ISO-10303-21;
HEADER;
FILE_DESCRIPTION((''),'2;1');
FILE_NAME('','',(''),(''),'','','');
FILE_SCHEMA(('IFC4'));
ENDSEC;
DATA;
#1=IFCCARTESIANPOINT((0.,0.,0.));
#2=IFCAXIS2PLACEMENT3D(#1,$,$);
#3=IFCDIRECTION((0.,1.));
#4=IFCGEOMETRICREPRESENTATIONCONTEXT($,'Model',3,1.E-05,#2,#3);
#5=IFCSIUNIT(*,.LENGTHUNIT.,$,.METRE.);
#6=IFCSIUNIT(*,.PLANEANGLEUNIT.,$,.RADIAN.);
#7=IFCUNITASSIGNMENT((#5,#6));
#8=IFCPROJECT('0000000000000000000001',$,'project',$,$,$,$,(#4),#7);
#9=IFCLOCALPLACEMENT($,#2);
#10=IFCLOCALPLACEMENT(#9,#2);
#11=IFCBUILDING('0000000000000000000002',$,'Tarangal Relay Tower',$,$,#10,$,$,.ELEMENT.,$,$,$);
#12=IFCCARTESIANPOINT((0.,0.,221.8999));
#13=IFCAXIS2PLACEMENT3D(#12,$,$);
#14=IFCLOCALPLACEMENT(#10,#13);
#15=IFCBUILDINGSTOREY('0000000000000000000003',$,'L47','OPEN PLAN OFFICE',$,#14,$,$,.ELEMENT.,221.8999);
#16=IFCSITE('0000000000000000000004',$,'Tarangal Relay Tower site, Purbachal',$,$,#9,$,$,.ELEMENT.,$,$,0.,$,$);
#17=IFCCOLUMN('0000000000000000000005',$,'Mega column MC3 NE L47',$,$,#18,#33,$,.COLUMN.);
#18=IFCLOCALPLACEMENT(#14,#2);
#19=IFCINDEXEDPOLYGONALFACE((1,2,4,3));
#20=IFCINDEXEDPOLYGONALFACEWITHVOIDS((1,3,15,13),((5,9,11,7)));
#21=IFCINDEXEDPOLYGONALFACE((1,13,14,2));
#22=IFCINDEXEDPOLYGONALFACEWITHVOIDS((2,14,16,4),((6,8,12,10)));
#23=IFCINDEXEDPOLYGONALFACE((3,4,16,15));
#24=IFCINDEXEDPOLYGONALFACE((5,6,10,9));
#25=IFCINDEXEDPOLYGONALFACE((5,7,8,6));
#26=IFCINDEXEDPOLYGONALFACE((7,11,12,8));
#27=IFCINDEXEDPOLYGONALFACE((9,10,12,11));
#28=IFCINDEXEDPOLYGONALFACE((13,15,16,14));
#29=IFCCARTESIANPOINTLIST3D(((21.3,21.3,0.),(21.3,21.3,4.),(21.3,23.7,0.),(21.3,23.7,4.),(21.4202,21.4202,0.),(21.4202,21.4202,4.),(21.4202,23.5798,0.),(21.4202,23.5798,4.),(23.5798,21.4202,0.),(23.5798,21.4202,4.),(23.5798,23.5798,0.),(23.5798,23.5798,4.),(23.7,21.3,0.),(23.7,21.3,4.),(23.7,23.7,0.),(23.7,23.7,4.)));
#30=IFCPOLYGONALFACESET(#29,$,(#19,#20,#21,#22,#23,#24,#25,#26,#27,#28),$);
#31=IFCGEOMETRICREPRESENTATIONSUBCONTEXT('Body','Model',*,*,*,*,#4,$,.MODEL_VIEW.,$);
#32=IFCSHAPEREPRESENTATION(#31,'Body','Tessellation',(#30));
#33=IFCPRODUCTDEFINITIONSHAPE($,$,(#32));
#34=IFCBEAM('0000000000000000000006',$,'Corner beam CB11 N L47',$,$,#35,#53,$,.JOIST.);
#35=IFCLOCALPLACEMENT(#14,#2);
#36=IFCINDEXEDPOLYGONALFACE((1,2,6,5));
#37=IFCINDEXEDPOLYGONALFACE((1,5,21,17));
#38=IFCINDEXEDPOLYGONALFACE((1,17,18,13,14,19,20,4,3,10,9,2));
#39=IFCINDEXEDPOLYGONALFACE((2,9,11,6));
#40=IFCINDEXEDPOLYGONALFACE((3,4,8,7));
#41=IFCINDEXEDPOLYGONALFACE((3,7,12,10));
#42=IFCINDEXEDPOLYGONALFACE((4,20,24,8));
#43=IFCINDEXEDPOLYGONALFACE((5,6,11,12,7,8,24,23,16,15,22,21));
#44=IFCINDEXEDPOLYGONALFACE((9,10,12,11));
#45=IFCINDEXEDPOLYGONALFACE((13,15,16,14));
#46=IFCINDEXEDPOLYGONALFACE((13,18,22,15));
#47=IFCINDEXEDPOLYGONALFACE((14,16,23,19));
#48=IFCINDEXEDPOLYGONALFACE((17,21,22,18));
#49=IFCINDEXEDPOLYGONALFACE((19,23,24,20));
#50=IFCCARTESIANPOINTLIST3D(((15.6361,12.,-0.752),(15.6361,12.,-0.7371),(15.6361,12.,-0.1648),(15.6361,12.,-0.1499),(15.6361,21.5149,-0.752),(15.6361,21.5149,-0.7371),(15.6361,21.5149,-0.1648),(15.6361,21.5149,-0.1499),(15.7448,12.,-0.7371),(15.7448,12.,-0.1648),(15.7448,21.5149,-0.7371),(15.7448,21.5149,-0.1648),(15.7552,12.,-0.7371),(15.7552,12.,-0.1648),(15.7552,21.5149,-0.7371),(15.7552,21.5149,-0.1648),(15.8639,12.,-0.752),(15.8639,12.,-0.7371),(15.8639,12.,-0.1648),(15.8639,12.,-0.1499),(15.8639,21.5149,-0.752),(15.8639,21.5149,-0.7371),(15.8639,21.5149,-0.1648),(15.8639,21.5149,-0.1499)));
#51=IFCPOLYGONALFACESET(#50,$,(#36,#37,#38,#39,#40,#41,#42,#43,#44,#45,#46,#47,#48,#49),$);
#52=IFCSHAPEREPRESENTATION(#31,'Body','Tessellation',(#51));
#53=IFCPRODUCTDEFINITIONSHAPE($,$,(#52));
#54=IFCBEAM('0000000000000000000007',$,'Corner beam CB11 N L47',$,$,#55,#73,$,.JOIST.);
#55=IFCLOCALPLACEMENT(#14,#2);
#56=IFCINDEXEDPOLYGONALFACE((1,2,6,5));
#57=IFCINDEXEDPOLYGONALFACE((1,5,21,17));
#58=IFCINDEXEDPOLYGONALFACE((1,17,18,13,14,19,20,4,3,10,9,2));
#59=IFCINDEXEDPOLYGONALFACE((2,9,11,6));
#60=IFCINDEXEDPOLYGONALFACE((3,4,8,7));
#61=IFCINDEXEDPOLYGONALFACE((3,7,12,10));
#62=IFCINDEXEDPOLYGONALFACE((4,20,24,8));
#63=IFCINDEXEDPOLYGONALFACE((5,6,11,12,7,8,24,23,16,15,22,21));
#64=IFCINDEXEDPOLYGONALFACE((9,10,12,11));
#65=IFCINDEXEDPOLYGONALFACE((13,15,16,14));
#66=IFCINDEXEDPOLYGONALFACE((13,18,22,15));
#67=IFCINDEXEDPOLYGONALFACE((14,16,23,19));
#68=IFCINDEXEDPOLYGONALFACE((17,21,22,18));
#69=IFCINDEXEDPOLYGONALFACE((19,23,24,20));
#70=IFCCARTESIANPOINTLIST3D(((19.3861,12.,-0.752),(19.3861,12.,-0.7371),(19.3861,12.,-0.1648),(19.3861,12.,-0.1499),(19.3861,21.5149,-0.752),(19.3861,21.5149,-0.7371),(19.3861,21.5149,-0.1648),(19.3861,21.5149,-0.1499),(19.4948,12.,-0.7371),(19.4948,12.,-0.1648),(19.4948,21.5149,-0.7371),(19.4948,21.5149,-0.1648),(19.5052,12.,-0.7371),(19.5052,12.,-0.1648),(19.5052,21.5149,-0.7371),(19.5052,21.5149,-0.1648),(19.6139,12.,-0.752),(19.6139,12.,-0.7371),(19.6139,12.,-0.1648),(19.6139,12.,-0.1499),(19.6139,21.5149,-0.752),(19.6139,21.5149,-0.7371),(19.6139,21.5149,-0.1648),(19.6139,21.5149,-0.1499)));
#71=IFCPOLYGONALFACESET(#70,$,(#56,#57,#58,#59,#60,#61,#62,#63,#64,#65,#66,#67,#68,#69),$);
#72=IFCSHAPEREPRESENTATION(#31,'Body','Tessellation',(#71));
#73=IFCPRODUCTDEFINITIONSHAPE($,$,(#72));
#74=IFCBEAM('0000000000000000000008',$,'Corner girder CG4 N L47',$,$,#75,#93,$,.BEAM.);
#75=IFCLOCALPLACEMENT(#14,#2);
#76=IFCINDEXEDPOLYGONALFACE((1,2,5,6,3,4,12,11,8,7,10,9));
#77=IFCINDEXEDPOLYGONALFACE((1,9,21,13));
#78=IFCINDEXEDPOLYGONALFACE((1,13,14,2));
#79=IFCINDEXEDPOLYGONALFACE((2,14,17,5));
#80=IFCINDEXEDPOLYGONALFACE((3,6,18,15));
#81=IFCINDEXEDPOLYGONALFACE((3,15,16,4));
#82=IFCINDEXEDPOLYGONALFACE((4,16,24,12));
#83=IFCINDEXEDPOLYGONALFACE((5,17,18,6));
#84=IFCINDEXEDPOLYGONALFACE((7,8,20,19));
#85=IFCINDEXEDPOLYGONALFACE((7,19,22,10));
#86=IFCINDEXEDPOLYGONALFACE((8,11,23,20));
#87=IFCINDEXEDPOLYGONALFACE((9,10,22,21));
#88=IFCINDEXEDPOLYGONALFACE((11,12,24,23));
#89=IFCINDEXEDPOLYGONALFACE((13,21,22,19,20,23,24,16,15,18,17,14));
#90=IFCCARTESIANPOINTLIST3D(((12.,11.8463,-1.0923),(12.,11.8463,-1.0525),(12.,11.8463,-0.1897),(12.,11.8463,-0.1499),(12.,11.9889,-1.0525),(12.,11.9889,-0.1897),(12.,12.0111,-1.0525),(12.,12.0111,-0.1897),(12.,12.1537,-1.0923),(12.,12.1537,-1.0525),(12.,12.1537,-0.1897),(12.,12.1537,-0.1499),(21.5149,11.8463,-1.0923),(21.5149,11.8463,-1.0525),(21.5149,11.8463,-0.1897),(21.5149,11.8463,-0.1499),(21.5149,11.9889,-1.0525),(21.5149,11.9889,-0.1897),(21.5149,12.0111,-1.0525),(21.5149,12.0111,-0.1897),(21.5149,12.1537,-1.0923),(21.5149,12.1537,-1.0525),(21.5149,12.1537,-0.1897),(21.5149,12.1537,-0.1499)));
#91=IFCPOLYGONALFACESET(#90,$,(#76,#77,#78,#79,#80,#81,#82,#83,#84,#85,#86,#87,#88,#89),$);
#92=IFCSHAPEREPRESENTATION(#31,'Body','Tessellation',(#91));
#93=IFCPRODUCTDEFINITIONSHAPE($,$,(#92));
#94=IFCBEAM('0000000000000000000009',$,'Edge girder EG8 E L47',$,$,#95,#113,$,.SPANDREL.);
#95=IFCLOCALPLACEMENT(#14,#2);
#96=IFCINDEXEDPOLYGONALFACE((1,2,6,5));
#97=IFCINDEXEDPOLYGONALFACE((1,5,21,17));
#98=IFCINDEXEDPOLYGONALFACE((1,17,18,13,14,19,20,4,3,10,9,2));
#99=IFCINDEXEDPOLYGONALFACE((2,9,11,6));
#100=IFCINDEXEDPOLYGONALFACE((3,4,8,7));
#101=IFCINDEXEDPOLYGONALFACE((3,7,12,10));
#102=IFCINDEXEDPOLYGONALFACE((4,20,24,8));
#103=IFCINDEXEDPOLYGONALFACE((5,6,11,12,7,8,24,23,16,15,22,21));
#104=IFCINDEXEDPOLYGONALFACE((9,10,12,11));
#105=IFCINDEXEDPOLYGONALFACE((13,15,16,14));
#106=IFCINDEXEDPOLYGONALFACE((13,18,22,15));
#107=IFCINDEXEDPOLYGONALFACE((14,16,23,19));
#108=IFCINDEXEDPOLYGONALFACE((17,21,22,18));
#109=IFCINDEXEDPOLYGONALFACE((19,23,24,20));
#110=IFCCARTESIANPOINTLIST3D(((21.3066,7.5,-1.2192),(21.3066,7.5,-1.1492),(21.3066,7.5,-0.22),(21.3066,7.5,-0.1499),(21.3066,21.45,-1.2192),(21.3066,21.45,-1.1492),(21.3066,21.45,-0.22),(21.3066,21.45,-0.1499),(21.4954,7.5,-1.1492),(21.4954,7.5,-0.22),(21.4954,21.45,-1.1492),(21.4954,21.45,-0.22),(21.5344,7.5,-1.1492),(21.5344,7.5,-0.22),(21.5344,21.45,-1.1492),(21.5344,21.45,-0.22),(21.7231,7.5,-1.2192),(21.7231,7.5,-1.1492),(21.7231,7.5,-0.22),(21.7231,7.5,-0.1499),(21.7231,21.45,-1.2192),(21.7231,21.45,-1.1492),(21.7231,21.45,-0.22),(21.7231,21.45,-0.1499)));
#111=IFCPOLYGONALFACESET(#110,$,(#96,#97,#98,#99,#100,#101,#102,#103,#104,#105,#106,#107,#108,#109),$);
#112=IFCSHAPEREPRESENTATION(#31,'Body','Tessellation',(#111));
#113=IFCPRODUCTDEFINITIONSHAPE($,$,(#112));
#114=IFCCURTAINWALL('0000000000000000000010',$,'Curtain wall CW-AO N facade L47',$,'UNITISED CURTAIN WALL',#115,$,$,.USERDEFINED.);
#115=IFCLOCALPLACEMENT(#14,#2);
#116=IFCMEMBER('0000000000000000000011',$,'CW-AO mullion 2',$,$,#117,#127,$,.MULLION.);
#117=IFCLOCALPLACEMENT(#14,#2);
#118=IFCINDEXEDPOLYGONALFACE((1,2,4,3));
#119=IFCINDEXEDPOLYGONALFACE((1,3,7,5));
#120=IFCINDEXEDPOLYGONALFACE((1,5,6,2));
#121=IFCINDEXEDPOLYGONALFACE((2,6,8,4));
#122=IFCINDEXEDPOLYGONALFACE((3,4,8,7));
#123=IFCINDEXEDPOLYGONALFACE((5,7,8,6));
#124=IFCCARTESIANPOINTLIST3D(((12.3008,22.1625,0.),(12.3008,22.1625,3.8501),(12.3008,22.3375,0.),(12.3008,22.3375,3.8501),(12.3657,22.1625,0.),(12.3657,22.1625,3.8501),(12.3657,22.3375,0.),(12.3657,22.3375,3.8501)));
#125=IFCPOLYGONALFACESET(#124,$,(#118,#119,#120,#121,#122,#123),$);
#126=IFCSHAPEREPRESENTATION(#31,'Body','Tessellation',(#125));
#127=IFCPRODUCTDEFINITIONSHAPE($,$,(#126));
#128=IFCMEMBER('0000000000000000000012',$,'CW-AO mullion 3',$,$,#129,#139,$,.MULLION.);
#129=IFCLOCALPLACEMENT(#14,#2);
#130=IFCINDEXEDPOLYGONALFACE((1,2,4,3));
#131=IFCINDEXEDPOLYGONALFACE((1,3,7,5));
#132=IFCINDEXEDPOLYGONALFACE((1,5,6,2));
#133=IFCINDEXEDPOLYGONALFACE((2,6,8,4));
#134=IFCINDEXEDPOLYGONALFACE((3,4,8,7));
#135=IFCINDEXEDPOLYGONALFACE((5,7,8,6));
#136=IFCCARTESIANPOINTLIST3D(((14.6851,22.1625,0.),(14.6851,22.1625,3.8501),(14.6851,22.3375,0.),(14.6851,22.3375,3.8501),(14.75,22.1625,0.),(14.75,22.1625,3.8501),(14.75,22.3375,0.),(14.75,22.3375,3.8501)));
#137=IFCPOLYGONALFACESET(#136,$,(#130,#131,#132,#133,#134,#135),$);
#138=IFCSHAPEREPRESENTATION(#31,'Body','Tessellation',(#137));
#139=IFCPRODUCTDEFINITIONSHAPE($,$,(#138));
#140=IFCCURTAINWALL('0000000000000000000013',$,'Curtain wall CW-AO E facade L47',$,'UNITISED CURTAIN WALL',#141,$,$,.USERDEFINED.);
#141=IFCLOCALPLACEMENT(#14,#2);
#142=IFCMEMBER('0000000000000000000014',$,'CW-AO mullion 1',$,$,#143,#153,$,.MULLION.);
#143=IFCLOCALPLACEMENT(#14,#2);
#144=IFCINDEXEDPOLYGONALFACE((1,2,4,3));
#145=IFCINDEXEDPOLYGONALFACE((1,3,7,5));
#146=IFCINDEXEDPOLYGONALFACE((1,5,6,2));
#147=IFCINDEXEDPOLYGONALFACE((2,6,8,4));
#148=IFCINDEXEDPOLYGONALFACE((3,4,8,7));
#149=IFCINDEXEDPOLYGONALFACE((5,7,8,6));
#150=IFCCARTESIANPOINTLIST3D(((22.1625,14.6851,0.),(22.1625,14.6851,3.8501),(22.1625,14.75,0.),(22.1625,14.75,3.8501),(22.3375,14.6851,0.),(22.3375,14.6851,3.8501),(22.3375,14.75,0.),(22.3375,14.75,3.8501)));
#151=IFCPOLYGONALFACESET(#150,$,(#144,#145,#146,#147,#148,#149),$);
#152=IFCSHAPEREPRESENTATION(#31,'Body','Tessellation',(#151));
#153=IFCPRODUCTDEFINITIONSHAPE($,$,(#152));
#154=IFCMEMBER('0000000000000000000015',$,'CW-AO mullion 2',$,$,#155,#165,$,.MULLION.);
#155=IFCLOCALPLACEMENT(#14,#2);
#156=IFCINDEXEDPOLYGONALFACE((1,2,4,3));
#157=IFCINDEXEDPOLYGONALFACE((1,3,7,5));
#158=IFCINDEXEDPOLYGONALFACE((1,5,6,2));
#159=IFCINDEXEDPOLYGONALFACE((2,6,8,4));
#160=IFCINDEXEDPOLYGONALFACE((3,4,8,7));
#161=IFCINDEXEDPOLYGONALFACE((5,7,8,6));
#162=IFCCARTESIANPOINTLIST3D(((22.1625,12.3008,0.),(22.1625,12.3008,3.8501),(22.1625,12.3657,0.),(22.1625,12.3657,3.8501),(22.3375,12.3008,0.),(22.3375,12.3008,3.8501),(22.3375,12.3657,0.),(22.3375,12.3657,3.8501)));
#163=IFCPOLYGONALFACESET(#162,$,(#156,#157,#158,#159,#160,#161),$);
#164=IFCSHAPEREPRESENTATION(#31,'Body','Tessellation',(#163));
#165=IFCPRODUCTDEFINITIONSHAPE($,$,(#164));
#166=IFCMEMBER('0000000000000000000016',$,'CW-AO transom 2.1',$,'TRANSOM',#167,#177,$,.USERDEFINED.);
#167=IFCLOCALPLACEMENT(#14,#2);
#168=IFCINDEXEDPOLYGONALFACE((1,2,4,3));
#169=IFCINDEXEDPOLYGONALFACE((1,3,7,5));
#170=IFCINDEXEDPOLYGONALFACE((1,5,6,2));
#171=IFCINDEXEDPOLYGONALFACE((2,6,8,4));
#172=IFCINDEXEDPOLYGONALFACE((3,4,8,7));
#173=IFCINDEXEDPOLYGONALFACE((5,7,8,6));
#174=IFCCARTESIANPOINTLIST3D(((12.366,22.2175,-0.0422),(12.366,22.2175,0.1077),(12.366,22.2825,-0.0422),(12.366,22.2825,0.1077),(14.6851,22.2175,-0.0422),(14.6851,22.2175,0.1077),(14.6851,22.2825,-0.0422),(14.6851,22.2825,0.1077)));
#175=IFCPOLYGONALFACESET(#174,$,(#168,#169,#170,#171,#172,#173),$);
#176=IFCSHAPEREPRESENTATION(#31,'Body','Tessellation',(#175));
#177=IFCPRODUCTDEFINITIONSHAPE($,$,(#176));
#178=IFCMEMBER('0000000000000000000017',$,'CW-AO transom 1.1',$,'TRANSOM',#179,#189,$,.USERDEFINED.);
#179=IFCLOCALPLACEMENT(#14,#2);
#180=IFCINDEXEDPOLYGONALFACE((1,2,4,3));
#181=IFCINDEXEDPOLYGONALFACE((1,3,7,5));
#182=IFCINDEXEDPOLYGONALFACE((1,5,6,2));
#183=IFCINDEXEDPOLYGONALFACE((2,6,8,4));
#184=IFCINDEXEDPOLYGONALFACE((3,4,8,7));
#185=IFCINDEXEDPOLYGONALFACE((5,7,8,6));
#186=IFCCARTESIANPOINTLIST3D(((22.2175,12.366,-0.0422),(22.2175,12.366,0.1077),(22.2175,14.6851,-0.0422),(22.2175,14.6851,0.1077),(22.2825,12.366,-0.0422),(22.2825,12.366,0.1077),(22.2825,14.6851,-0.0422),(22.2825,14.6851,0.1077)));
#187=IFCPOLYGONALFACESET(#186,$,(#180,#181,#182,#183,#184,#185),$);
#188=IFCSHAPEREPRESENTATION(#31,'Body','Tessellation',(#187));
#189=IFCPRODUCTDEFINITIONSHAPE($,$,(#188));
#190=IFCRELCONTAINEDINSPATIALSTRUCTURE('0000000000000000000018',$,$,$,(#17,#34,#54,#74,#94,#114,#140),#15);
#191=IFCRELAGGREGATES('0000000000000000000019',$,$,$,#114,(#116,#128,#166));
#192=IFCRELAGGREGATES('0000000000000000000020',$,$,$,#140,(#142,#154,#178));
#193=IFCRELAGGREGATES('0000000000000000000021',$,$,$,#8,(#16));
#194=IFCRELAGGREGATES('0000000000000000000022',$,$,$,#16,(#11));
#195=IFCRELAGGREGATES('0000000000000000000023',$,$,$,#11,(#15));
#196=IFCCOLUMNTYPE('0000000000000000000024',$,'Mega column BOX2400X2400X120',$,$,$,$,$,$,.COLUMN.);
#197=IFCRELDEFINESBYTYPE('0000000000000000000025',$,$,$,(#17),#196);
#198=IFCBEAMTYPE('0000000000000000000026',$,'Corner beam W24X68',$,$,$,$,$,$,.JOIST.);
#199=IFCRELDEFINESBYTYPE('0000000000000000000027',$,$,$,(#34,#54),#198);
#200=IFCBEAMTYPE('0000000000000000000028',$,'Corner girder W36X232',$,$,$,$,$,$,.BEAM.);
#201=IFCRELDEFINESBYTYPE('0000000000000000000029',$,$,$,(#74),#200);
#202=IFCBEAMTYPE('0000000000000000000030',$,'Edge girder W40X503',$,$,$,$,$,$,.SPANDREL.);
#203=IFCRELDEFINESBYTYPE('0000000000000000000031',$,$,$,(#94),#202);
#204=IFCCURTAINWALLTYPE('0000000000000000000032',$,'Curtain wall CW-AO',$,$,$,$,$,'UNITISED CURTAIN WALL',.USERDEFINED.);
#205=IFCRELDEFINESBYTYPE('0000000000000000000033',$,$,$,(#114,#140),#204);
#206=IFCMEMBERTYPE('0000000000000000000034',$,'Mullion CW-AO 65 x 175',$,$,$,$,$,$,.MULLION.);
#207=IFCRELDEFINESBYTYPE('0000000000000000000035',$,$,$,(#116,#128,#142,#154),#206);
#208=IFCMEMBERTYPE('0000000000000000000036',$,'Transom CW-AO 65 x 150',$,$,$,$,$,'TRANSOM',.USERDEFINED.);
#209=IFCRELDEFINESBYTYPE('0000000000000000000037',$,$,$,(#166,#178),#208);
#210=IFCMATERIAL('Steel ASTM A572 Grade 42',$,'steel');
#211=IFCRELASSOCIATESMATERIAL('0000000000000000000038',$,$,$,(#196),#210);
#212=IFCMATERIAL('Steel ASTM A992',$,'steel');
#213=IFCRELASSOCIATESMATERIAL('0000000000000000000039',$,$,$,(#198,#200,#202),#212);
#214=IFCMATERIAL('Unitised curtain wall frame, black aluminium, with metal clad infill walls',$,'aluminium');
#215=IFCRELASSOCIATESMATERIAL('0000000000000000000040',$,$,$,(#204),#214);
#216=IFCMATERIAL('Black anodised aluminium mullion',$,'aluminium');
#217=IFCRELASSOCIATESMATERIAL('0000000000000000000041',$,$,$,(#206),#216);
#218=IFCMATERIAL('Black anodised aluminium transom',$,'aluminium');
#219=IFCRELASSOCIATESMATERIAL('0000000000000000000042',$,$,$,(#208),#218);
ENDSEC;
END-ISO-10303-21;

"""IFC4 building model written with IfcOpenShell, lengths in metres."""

from ifc_helpers import new_model, si_unit, direction, frame, origin, origin_2d, place, context, subcontext, project, spatial, rectangle, hollow_rectangle, i_section, extrude, material, material_profile, profile_set, type_object, element, aggregate, save


model = new_model("IFC4")

# Units and contexts
model_context = context("Model", 3, precision=1e-05, world=origin(), true_north=direction((0.0, 1.0)))
body_context = subcontext(model_context, "Body", "Model", "MODEL_VIEW")
ifc_project = project(units=[si_unit("LENGTHUNIT", "METRE"), si_unit("PLANEANGLEUNIT", "RADIAN")], contexts=[model_context])

# Site, building, storey
site_placement = place(None, origin())
site = spatial("IfcSite", under=ifc_project, at=site_placement, Name="Tarangal Relay Tower site, Purbachal", CompositionType="ELEMENT", RefElevation=0.0)
building_placement = place(site_placement, origin())
building = spatial("IfcBuilding", under=site, at=building_placement, Name="Tarangal Relay Tower", CompositionType="ELEMENT")
storey_placement = place(building_placement, frame((0.0, 0.0, 221.8999)))
storey = spatial("IfcBuildingStorey", under=building, at=storey_placement, Name="L47", Description="OPEN PLAN OFFICE", CompositionType="ELEMENT", Elevation=221.8999)

# Column
ifc_material_1 = material(Name="Steel ASTM A572 Grade 42", Category="steel")
ifc_material_profile_1 = material_profile(ifc_material_1, hollow_rectangle(XDim=2.3999, YDim=2.3999, WallThickness=0.1201, at=origin_2d()), Name="BOX2400X2400X120")
ifc_profile_set_1 = profile_set([ifc_material_profile_1], Name="Steel ASTM A572 Grade 42")
column_type = type_object("IfcColumnType", Name="Mega column BOX2400X2400X120", PredefinedType="COLUMN", material=ifc_profile_set_1)
column_placement = place(storey_placement, frame((22.5, 22.5, 0.0), z_axis=(0.0, 0.0, 1.0), x_axis=(1.0, 0.0, 0.0)))
element("IfcColumn", 1, at=column_placement, inside=storey, type_object=column_type, Name="Mega column MC3 NE L47", PredefinedType="COLUMN", context=body_context, shape_type="SweptSolid", body=[
    extrude(hollow_rectangle(XDim=2.3999, YDim=2.3999, WallThickness=0.1201, at=origin_2d()), origin(), (0.0, 0.0, 1.0), 4.0),
])

# Beams
ifc_material_2 = material(Name="Steel ASTM A992", Category="steel")
ifc_material_profile_2 = material_profile(ifc_material_2, i_section(OverallWidth=0.2278, OverallDepth=0.6021, WebThickness=0.0105, FlangeThickness=0.0149, at=origin_2d()), Name="W24X68")
ifc_profile_set_2 = profile_set([ifc_material_profile_2], Name="Steel ASTM A992")
beam_type_1 = type_object("IfcBeamType", Name="Corner beam W24X68", PredefinedType="JOIST", material=ifc_profile_set_2)
for number, where, z_axis, x_axis, name in (
    (2, (15.75, 12.0, -0.4509), (0.0, 1.0, 0.0), (-1.0, 0.0, 0.0), "Corner beam CB11 N L47"),
    (3, (19.5, 12.0, -0.4509), (0.0, 1.0, 0.0), (-1.0, 0.0, 0.0), "Corner beam CB11 N L47"),
):
    element("IfcBeam", number, at=place(storey_placement, frame(where, z_axis=z_axis, x_axis=x_axis)), inside=storey, type_object=beam_type_1, Name=name, PredefinedType="JOIST", context=body_context, shape_type="SweptSolid", body=[
        extrude(i_section(OverallWidth=0.2278, OverallDepth=0.6021, WebThickness=0.0105, FlangeThickness=0.0149, at=origin_2d()), origin(), (0.0, 0.0, 1.0), 9.5149),
    ])
ifc_material_profile_3 = material_profile(ifc_material_2, i_section(OverallWidth=0.3074, OverallDepth=0.9424, WebThickness=0.0222, FlangeThickness=0.0398, at=origin_2d()), Name="W36X232")
ifc_profile_set_3 = profile_set([ifc_material_profile_3], Name="Steel ASTM A992")
beam_type_2 = type_object("IfcBeamType", Name="Corner girder W36X232", PredefinedType="BEAM", material=ifc_profile_set_3)
beam_1_placement = place(storey_placement, frame((12.0, 12.0, -0.6211), z_axis=(1.0, 0.0, 0.0), x_axis=(0.0, 1.0, 0.0)))
element("IfcBeam", 4, at=beam_1_placement, inside=storey, type_object=beam_type_2, Name="Corner girder CG4 N L47", PredefinedType="BEAM", context=body_context, shape_type="SweptSolid", body=[
    extrude(i_section(OverallWidth=0.3074, OverallDepth=0.9424, WebThickness=0.0222, FlangeThickness=0.0398, at=origin_2d()), origin(), (0.0, 0.0, 1.0), 9.5149),
])
ifc_material_profile_4 = material_profile(ifc_material_2, i_section(OverallWidth=0.4165, OverallDepth=1.0693, WebThickness=0.0391, FlangeThickness=0.0701, at=origin_2d()), Name="W40X503")
ifc_profile_set_4 = profile_set([ifc_material_profile_4], Name="Steel ASTM A992")
beam_type_3 = type_object("IfcBeamType", Name="Edge girder W40X503", PredefinedType="SPANDREL", material=ifc_profile_set_4)
beam_2_placement = place(storey_placement, frame((21.5149, 21.45, -0.6846), z_axis=(0.0, -1.0, 0.0), x_axis=(1.0, 0.0, 0.0)))
element("IfcBeam", 5, at=beam_2_placement, inside=storey, type_object=beam_type_3, Name="Edge girder EG8 E L47", PredefinedType="SPANDREL", context=body_context, shape_type="SweptSolid", body=[
    extrude(i_section(OverallWidth=0.4165, OverallDepth=1.0693, WebThickness=0.0391, FlangeThickness=0.0701, at=origin_2d()), origin(), (0.0, 0.0, 1.0), 13.95),
])

# Curtain walls, members
ifc_material_3 = material(Name="Unitised curtain wall frame, black aluminium, with metal clad infill walls", Category="aluminium")
curtain_wall_type = type_object("IfcCurtainWallType", Name="Curtain wall CW-AO", ElementType="UNITISED CURTAIN WALL", PredefinedType="USERDEFINED", material=ifc_material_3)
curtain_wall_1_placement = place(storey_placement, origin())
curtain_wall_1 = element("IfcCurtainWall", 6, at=curtain_wall_1_placement, inside=storey, type_object=curtain_wall_type, Name="Curtain wall CW-AO N facade L47", ObjectType="UNITISED CURTAIN WALL", PredefinedType="USERDEFINED")
ifc_material_4 = material(Name="Black anodised aluminium mullion", Category="aluminium")
ifc_material_profile_5 = material_profile(ifc_material_4, rectangle(XDim=0.175, YDim=0.0649, at=origin_2d()), Name="CW-AOM 65X175")
ifc_profile_set_5 = profile_set([ifc_material_profile_5], Name="Black anodised aluminium mullion")
member_type_1 = type_object("IfcMemberType", Name="Mullion CW-AO 65 x 175", PredefinedType="MULLION", material=ifc_profile_set_5)
member_1_placement = place(storey_placement, frame((12.3333, 22.25, 0.0), z_axis=(0.0, 0.0, 1.0), x_axis=(0.0, 1.0, 0.0)))
member_1 = element("IfcMember", 7, at=member_1_placement, type_object=member_type_1, Name="CW-AO mullion 2", PredefinedType="MULLION", context=body_context, shape_type="SweptSolid", body=[
    extrude(rectangle(XDim=0.175, YDim=0.0649, at=origin_2d()), origin(), (0.0, 0.0, 1.0), 3.8501),
])
member_2_placement = place(storey_placement, frame((14.7175, 22.25, 0.0), z_axis=(0.0, 0.0, 1.0), x_axis=(0.0, 1.0, 0.0)))
member_2 = element("IfcMember", 8, at=member_2_placement, type_object=member_type_1, Name="CW-AO mullion 3", PredefinedType="MULLION", context=body_context, shape_type="SweptSolid", body=[
    extrude(rectangle(XDim=0.175, YDim=0.0649, at=origin_2d()), origin(), (0.0, 0.0, 1.0), 3.8501),
])
curtain_wall_2_placement = place(storey_placement, origin())
curtain_wall_2 = element("IfcCurtainWall", 9, at=curtain_wall_2_placement, inside=storey, type_object=curtain_wall_type, Name="Curtain wall CW-AO E facade L47", ObjectType="UNITISED CURTAIN WALL", PredefinedType="USERDEFINED")
member_3_placement = place(storey_placement, frame((22.25, 14.7175, 0.0), z_axis=(0.0, 0.0, 1.0), x_axis=(1.0, 0.0, 0.0)))
member_3 = element("IfcMember", 10, at=member_3_placement, type_object=member_type_1, Name="CW-AO mullion 1", PredefinedType="MULLION", context=body_context, shape_type="SweptSolid", body=[
    extrude(rectangle(XDim=0.175, YDim=0.0649, at=origin_2d()), origin(), (0.0, 0.0, 1.0), 3.8501),
])
member_4_placement = place(storey_placement, frame((22.25, 12.3333, 0.0), z_axis=(0.0, 0.0, 1.0), x_axis=(1.0, 0.0, 0.0)))
member_4 = element("IfcMember", 11, at=member_4_placement, type_object=member_type_1, Name="CW-AO mullion 2", PredefinedType="MULLION", context=body_context, shape_type="SweptSolid", body=[
    extrude(rectangle(XDim=0.175, YDim=0.0649, at=origin_2d()), origin(), (0.0, 0.0, 1.0), 3.8501),
])

# Members
ifc_material_5 = material(Name="Black anodised aluminium transom", Category="aluminium")
ifc_material_profile_6 = material_profile(ifc_material_5, rectangle(XDim=0.0649, YDim=0.1499, at=origin_2d()), Name="CW-AOT 65X150")
ifc_profile_set_6 = profile_set([ifc_material_profile_6], Name="Black anodised aluminium transom")
member_type_2 = type_object("IfcMemberType", Name="Transom CW-AO 65 x 150", ElementType="TRANSOM", PredefinedType="USERDEFINED", material=ifc_profile_set_6)
member_5_placement = place(storey_placement, frame((12.366, 22.25, 0.0327), z_axis=(1.0, 0.0, 0.0), x_axis=(0.0, 1.0, 0.0)))
member_5 = element("IfcMember", 12, at=member_5_placement, type_object=member_type_2, Name="CW-AO transom 2.1", ObjectType="TRANSOM", PredefinedType="USERDEFINED", context=body_context, shape_type="SweptSolid", body=[
    extrude(rectangle(XDim=0.0649, YDim=0.1499, at=origin_2d()), origin(), (0.0, 0.0, 1.0), 2.3191),
])
aggregate(curtain_wall_1, [member_1, member_2, member_5])
member_6_placement = place(storey_placement, frame((22.25, 14.6851, 0.0327), z_axis=(0.0, -1.0, 0.0), x_axis=(1.0, 0.0, 0.0)))
member_6 = element("IfcMember", 13, at=member_6_placement, type_object=member_type_2, Name="CW-AO transom 1.1", ObjectType="TRANSOM", PredefinedType="USERDEFINED", context=body_context, shape_type="SweptSolid", body=[
    extrude(rectangle(XDim=0.0649, YDim=0.1499, at=origin_2d()), origin(), (0.0, 0.0, 1.0), 2.3191),
])
aggregate(curtain_wall_2, [member_3, member_4, member_6])

save(model, "model.ifc")
